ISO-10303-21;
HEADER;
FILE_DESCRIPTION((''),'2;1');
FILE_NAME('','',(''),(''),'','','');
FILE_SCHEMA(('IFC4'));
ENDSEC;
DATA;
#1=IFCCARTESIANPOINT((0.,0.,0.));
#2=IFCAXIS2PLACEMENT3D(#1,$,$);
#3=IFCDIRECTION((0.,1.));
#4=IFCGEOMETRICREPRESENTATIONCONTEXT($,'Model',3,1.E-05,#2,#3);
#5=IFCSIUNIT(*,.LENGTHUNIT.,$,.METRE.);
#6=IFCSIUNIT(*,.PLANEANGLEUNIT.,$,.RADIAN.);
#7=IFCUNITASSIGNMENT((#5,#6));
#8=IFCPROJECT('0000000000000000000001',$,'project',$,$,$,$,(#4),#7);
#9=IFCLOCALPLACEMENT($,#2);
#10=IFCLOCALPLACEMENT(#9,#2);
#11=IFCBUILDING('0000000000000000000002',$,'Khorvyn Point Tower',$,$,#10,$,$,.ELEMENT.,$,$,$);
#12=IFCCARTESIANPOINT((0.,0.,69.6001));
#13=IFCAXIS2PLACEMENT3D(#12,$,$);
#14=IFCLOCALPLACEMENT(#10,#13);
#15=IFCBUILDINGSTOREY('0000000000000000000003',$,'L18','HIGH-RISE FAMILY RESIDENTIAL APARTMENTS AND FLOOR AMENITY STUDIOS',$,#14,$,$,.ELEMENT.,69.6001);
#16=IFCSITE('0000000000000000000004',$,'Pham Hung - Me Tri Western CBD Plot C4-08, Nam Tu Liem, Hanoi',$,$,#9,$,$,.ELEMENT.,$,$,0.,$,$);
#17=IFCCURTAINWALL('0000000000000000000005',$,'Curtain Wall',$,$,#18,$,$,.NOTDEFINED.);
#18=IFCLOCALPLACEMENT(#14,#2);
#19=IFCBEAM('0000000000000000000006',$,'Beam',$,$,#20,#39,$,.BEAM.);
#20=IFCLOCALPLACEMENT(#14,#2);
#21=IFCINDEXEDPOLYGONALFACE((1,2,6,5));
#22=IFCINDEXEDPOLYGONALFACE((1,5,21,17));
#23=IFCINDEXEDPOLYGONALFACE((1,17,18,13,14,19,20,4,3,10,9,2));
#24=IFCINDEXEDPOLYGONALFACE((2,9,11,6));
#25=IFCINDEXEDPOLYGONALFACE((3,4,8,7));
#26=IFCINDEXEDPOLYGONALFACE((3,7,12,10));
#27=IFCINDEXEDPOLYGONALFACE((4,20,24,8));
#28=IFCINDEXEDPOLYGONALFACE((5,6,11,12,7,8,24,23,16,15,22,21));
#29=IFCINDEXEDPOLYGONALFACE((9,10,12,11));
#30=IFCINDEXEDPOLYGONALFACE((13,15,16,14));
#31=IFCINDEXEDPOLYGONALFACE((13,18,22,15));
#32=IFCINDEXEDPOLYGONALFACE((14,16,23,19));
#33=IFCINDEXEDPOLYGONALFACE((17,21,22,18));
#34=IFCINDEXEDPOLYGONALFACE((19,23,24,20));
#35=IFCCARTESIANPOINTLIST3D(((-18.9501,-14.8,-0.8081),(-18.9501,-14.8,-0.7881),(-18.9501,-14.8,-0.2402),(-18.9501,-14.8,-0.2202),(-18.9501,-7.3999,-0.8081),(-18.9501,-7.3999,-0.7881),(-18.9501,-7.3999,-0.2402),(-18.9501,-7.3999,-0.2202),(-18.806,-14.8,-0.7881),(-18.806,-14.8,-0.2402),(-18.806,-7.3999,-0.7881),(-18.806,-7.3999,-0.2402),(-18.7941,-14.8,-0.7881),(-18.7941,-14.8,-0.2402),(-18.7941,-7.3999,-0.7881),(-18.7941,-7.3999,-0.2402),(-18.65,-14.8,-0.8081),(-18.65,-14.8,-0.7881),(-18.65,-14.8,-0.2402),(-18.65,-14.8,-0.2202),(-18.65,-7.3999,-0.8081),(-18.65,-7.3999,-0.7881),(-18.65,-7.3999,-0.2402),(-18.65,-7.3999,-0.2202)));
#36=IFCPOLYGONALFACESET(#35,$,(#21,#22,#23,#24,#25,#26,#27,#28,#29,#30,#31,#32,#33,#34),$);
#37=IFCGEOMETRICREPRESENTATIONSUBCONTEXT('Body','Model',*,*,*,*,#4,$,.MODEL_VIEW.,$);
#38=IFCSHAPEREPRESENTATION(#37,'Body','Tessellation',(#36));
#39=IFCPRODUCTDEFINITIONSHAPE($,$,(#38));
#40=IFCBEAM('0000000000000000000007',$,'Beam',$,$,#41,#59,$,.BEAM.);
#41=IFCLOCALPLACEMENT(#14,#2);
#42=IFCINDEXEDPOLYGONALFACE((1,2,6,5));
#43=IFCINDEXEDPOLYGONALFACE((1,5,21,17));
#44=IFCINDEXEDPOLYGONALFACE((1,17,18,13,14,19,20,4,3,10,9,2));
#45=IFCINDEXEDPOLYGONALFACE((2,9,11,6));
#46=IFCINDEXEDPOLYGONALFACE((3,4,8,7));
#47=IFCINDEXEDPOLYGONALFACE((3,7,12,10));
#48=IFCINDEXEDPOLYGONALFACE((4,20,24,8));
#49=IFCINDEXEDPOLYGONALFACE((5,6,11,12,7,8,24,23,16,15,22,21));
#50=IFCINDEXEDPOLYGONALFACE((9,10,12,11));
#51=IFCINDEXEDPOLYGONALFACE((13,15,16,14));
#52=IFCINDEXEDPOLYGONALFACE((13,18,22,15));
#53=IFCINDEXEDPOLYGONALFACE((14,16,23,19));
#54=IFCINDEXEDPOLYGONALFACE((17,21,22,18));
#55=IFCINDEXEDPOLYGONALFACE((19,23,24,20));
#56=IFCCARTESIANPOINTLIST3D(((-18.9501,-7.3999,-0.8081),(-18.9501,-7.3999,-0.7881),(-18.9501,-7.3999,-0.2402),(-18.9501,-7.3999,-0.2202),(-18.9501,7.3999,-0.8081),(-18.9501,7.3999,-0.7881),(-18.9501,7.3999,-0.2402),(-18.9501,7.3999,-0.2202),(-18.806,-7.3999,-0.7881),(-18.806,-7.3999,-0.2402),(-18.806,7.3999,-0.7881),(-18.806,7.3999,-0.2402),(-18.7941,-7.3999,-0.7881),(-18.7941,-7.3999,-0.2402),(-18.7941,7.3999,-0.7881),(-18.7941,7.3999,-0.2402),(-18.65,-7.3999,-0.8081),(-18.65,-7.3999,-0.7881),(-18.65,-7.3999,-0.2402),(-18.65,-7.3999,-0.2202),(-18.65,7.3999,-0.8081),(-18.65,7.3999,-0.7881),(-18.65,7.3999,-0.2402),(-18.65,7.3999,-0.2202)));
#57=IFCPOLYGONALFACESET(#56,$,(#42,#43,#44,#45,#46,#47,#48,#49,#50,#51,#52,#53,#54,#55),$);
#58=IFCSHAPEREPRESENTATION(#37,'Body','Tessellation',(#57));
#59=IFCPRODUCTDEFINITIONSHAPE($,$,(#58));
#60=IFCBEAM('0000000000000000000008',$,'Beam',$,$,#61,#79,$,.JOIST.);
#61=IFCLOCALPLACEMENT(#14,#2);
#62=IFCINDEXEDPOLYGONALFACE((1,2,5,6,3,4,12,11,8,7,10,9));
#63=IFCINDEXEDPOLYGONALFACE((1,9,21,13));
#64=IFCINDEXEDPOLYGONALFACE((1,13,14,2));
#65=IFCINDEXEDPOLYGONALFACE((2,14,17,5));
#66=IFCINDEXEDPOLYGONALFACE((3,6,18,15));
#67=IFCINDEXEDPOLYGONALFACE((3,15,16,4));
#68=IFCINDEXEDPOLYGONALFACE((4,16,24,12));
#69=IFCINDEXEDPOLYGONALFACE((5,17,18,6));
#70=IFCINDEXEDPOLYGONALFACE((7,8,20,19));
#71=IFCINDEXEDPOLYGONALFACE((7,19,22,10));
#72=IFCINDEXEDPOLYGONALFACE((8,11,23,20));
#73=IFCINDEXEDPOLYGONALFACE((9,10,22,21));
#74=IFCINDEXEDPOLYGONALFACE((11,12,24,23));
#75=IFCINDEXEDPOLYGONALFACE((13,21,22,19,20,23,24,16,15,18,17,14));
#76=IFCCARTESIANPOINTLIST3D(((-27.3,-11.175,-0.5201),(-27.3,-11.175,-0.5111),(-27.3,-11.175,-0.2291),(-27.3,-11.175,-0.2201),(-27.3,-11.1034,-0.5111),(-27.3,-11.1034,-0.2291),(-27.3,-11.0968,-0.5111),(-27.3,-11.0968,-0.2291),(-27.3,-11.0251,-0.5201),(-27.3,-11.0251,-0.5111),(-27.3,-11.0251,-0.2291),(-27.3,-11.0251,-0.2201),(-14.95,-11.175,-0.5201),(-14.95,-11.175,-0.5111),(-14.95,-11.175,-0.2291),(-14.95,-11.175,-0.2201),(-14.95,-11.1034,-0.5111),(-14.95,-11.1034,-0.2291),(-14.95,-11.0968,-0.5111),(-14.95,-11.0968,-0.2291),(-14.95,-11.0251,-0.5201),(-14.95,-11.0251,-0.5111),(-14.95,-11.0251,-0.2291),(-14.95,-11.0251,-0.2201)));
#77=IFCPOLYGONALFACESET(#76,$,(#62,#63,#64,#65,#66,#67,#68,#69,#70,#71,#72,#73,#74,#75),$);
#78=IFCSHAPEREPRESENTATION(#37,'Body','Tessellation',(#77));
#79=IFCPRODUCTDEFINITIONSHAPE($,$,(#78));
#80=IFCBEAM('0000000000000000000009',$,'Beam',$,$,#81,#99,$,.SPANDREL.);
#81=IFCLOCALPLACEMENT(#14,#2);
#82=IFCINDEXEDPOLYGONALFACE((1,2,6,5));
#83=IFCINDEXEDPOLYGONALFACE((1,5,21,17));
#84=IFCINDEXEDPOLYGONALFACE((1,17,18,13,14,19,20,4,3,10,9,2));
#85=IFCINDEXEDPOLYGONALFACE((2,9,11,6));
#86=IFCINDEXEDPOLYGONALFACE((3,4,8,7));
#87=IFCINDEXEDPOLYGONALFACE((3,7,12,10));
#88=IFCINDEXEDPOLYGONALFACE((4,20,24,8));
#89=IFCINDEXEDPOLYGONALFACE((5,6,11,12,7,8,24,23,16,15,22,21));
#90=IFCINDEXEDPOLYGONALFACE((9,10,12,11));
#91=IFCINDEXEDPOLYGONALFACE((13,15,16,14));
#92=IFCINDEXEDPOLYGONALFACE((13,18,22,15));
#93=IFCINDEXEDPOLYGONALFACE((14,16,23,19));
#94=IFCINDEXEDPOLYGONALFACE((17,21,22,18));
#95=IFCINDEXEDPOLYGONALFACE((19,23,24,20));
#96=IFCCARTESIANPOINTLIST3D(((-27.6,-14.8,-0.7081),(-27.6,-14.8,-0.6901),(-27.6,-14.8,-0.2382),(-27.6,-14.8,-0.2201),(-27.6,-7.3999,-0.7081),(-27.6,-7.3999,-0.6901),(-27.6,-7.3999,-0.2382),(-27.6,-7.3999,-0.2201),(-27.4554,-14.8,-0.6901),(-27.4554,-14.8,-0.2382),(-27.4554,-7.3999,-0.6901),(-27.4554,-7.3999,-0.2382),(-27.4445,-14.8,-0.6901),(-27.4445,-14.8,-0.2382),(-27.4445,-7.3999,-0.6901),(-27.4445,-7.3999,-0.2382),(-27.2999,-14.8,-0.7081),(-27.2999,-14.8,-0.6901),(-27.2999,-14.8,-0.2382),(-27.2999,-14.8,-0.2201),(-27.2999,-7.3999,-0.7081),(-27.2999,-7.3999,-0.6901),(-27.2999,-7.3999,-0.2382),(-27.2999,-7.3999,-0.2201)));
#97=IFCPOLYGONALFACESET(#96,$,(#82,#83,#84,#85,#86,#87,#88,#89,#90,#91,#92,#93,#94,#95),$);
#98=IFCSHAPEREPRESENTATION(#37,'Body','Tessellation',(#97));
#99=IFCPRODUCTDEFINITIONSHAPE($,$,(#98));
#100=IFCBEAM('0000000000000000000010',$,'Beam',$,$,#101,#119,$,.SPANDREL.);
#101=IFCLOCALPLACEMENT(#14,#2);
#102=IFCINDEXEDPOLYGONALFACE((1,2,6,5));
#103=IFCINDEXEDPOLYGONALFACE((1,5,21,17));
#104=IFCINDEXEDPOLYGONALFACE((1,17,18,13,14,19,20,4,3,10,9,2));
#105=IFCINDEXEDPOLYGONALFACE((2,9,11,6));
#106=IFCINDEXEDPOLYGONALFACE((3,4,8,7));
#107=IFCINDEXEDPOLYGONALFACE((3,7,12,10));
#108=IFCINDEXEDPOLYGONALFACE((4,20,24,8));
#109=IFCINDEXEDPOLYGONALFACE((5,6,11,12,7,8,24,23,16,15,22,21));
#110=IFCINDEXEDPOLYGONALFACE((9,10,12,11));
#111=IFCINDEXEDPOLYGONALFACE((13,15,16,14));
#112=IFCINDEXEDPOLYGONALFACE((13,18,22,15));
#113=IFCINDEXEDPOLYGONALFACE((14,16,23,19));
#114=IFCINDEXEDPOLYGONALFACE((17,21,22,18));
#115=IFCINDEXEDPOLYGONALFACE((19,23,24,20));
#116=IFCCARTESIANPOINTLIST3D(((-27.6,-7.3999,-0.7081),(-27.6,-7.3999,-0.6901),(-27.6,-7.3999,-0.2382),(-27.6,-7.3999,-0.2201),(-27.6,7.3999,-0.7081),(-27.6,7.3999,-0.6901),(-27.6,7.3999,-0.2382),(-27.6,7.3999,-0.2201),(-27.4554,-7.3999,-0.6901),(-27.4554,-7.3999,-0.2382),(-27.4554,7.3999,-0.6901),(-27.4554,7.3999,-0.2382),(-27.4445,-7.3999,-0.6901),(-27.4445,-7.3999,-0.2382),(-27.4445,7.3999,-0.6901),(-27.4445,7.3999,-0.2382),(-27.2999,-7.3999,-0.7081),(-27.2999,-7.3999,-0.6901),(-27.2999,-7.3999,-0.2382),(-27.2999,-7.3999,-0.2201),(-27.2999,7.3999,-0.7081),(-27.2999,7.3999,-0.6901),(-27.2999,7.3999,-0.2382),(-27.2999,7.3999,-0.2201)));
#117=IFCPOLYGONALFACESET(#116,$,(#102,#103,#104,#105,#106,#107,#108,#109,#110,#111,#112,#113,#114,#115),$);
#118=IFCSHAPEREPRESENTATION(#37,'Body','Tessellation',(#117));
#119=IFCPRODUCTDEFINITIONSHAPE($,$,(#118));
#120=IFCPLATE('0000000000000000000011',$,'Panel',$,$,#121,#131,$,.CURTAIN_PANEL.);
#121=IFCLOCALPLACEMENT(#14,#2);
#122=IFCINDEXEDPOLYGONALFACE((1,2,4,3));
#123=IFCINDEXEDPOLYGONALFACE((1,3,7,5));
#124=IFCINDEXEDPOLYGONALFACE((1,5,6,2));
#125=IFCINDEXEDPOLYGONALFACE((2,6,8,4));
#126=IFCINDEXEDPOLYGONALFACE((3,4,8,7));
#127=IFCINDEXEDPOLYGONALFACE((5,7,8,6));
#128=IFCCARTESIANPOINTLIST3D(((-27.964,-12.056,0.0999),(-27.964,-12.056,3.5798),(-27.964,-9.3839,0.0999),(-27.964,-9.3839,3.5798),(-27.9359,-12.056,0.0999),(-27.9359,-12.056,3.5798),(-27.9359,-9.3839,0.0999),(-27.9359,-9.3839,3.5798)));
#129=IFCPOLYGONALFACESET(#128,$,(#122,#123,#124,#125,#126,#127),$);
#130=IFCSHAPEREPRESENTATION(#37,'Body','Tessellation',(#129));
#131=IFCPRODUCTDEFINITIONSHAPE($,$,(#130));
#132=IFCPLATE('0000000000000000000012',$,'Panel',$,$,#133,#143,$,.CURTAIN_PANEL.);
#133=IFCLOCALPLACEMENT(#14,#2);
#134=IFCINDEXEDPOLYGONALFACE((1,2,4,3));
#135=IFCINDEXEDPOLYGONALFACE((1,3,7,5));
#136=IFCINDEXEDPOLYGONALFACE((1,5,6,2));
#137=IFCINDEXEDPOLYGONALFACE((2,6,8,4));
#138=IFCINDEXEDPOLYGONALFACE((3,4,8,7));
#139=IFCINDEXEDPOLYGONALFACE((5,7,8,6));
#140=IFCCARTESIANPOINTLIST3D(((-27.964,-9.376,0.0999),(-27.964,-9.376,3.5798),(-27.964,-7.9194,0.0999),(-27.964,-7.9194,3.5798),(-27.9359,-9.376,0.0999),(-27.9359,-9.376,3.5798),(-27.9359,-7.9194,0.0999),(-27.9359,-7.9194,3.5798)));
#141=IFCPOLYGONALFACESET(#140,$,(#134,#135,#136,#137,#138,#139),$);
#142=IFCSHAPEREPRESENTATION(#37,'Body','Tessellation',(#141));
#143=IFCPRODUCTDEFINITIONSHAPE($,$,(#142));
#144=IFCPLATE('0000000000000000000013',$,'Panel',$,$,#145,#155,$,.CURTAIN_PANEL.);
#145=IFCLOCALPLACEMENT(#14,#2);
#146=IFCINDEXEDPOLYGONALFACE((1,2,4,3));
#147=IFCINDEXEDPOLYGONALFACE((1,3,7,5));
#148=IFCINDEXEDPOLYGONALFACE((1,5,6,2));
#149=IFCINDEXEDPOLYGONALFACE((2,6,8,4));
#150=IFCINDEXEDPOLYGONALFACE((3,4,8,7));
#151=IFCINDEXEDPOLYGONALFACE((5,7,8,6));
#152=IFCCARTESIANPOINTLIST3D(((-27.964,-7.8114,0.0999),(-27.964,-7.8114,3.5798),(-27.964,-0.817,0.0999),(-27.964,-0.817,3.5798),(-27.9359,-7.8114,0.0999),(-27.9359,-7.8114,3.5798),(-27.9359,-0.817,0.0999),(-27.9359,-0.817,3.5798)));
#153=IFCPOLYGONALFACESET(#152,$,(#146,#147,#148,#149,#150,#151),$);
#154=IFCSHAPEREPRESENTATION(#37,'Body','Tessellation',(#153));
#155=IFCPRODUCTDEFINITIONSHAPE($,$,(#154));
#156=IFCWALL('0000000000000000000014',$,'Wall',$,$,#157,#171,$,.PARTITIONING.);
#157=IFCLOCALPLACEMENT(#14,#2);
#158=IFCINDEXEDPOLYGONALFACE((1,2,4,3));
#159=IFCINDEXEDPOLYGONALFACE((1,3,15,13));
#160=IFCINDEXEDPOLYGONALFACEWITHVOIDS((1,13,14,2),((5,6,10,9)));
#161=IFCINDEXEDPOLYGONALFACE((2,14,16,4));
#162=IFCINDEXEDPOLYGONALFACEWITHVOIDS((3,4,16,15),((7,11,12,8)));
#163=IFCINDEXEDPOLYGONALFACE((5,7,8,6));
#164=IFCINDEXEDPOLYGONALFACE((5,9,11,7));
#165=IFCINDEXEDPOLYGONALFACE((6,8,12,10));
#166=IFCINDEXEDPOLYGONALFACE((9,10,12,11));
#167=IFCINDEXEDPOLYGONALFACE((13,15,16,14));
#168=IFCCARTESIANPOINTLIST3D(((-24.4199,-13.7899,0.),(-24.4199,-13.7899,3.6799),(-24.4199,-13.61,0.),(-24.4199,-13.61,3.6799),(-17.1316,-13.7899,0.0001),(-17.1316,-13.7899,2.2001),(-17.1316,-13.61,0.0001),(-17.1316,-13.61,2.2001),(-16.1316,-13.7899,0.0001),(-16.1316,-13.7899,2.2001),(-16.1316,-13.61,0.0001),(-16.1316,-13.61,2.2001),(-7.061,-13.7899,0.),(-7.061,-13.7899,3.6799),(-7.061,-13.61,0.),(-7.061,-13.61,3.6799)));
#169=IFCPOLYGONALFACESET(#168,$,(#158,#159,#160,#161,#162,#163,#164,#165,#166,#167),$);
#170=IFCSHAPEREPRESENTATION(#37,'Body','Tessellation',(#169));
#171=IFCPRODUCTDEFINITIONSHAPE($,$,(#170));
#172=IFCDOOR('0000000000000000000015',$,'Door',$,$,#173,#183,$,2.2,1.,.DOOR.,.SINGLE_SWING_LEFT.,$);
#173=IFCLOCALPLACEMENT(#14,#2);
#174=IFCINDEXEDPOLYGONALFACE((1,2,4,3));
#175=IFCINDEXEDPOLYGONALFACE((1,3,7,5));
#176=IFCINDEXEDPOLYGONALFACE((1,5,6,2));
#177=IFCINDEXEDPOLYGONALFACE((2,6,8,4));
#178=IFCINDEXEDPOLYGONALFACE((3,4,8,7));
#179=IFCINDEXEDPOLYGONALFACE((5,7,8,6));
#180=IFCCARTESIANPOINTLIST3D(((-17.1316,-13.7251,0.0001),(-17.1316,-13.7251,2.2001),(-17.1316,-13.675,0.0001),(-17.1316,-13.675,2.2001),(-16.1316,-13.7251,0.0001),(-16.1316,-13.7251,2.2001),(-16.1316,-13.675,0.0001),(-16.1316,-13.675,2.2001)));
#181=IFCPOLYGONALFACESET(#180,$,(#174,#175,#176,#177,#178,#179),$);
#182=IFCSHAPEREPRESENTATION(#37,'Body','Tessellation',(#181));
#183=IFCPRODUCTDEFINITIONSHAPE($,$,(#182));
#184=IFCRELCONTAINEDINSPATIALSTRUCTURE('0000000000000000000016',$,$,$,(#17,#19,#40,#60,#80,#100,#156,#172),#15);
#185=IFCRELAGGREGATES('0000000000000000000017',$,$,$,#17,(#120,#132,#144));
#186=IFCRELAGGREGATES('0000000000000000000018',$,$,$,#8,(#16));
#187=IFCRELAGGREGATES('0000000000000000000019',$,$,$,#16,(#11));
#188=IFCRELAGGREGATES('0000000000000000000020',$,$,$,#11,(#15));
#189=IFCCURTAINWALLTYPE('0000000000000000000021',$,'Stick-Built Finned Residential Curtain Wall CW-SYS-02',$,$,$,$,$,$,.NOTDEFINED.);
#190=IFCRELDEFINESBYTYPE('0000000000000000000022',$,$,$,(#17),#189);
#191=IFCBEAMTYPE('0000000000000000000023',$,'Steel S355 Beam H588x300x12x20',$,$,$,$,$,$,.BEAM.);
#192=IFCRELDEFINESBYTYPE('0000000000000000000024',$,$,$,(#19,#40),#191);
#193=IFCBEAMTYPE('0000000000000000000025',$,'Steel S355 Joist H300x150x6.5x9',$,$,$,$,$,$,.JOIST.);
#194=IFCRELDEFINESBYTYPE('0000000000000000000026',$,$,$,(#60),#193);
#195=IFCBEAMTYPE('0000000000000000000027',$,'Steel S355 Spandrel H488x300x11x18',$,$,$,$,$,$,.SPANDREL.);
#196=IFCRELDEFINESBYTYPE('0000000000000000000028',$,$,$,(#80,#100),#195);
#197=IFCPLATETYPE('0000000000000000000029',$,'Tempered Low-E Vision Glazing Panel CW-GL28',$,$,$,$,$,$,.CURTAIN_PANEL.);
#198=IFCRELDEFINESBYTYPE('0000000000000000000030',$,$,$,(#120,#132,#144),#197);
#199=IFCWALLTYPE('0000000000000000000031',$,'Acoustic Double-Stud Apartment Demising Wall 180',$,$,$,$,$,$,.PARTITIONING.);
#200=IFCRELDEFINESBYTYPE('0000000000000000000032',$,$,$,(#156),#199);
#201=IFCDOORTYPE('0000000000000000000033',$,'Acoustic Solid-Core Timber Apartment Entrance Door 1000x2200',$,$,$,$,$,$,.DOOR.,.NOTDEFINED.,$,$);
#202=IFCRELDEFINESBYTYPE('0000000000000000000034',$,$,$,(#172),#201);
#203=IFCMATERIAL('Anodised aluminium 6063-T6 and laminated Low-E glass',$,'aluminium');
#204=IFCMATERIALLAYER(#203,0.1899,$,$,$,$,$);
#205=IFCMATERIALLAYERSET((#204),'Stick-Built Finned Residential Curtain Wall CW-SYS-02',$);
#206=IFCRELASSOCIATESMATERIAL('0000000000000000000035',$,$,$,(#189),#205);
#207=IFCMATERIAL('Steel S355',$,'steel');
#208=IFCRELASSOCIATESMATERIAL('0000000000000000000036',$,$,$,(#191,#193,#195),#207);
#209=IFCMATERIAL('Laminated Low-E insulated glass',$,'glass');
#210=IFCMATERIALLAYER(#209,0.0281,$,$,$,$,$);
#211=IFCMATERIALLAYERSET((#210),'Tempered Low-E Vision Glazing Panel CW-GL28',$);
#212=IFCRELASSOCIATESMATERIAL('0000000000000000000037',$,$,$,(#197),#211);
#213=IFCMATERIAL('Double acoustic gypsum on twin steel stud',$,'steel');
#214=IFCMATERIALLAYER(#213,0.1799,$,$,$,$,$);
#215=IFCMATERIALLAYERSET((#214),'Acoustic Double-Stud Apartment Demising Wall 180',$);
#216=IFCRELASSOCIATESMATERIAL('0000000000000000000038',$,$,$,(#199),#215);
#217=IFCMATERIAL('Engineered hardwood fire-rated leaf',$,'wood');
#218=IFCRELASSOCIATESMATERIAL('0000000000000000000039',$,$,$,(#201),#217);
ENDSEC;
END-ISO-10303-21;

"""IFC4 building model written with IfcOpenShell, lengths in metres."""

from ifc_helpers import new_model, si_unit, direction, frame, frame_2d, origin, origin_2d, place, context, subcontext, project, spatial, rectangle, i_section, extrude, material, layer, layer_set, material_profile, profile_set, type_object, element, fill, aggregate, save


model = new_model("IFC4")

# Units and contexts
model_context = context("Model", 3, precision=1e-05, world=origin(), true_north=direction((0.0, 1.0)))
body_context = subcontext(model_context, "Body", "Model", "MODEL_VIEW")
ifc_project = project(units=[si_unit("LENGTHUNIT", "METRE"), si_unit("PLANEANGLEUNIT", "RADIAN")], contexts=[model_context])

# Site, building, storey
site_placement = place(None, origin())
site = spatial("IfcSite", under=ifc_project, at=site_placement, Name="Pham Hung - Me Tri Western CBD Plot C4-08, Nam Tu Liem, Hanoi", CompositionType="ELEMENT", RefElevation=0.0)
building_placement = place(site_placement, origin())
building = spatial("IfcBuilding", under=site, at=building_placement, Name="Khorvyn Point Tower", CompositionType="ELEMENT")
storey_placement = place(building_placement, frame((0.0, 0.0, 69.6001)))
storey = spatial("IfcBuildingStorey", under=building, at=storey_placement, Name="L18", Description="HIGH-RISE FAMILY RESIDENTIAL APARTMENTS AND FLOOR AMENITY STUDIOS", CompositionType="ELEMENT", Elevation=69.6001)

# Curtain wall
ifc_material_1 = material(Name="Anodised aluminium 6063-T6 and laminated Low-E glass", Category="aluminium")
ifc_layer_1 = layer(ifc_material_1, 0.1899)
ifc_layer_set_1 = layer_set([ifc_layer_1], Name="Stick-Built Finned Residential Curtain Wall CW-SYS-02")
curtain_wall_type = type_object("IfcCurtainWallType", Name="Stick-Built Finned Residential Curtain Wall CW-SYS-02", PredefinedType="NOTDEFINED", material=ifc_layer_set_1)
curtain_wall_placement = place(storey_placement, origin())
curtain_wall = element("IfcCurtainWall", 1, at=curtain_wall_placement, inside=storey, type_object=curtain_wall_type, Name="Curtain Wall", PredefinedType="NOTDEFINED")

# Beams
ifc_material_2 = material(Name="Steel S355", Category="steel")
ifc_material_profile_1 = material_profile(ifc_material_2, i_section(OverallWidth=0.3, OverallDepth=0.5879, WebThickness=0.012, FlangeThickness=0.02, at=origin_2d()))
ifc_profile_set_1 = profile_set([ifc_material_profile_1], Name="Steel S355 H588x300x12x20")
beam_type_1 = type_object("IfcBeamType", Name="Steel S355 Beam H588x300x12x20", PredefinedType="BEAM", material=ifc_profile_set_1)
beam_1_placement = place(storey_placement, frame((-18.8, -14.8, -0.5142), z_axis=(0.0, 1.0, 0.0), x_axis=(-1.0, 0.0, 0.0)))
element("IfcBeam", 2, at=beam_1_placement, inside=storey, type_object=beam_type_1, Name="Beam", PredefinedType="BEAM", context=body_context, shape_type="SweptSolid", body=[
    extrude(i_section(OverallWidth=0.3, OverallDepth=0.5879, WebThickness=0.012, FlangeThickness=0.02, at=origin_2d()), origin(), (0.0, 0.0, 1.0), 7.4001),
])
beam_2_placement = place(storey_placement, frame((-18.8, -7.3999, -0.5142), z_axis=(0.0, 1.0, 0.0), x_axis=(-1.0, 0.0, 0.0)))
element("IfcBeam", 3, at=beam_2_placement, inside=storey, type_object=beam_type_1, Name="Beam", PredefinedType="BEAM", context=body_context, shape_type="SweptSolid", body=[
    extrude(i_section(OverallWidth=0.3, OverallDepth=0.5879, WebThickness=0.012, FlangeThickness=0.02, at=origin_2d()), origin(), (0.0, 0.0, 1.0), 14.7998),
])
ifc_material_profile_2 = material_profile(ifc_material_2, i_section(OverallWidth=0.1499, OverallDepth=0.3, WebThickness=0.0066, FlangeThickness=0.009, at=origin_2d()))
ifc_profile_set_2 = profile_set([ifc_material_profile_2], Name="Steel S355 H300x150x6.5x9")
beam_type_2 = type_object("IfcBeamType", Name="Steel S355 Joist H300x150x6.5x9", PredefinedType="JOIST", material=ifc_profile_set_2)
beam_3_placement = place(storey_placement, frame((-27.3, -11.1001, -0.3701), z_axis=(1.0, 0.0, 0.0), x_axis=(0.0, 1.0, 0.0)))
element("IfcBeam", 4, at=beam_3_placement, inside=storey, type_object=beam_type_2, Name="Beam", PredefinedType="JOIST", context=body_context, shape_type="SweptSolid", body=[
    extrude(i_section(OverallWidth=0.1499, OverallDepth=0.3, WebThickness=0.0066, FlangeThickness=0.009, at=origin_2d()), origin(), (0.0, 0.0, 1.0), 12.3501),
])
ifc_material_profile_3 = material_profile(ifc_material_2, i_section(OverallWidth=0.3, OverallDepth=0.488, WebThickness=0.011, FlangeThickness=0.0181, at=origin_2d()))
ifc_profile_set_3 = profile_set([ifc_material_profile_3], Name="Steel S355 H488x300x11x18")
beam_type_3 = type_object("IfcBeamType", Name="Steel S355 Spandrel H488x300x11x18", PredefinedType="SPANDREL", material=ifc_profile_set_3)
beam_4_placement = place(storey_placement, frame((-27.45, -14.8, -0.4641), z_axis=(0.0, 1.0, 0.0), x_axis=(-1.0, 0.0, 0.0)))
element("IfcBeam", 5, at=beam_4_placement, inside=storey, type_object=beam_type_3, Name="Beam", PredefinedType="SPANDREL", context=body_context, shape_type="SweptSolid", body=[
    extrude(i_section(OverallWidth=0.3, OverallDepth=0.488, WebThickness=0.011, FlangeThickness=0.0181, at=origin_2d()), origin(), (0.0, 0.0, 1.0), 7.4001),
])
beam_5_placement = place(storey_placement, frame((-27.45, -7.3999, -0.4641), z_axis=(0.0, 1.0, 0.0), x_axis=(-1.0, 0.0, 0.0)))
element("IfcBeam", 6, at=beam_5_placement, inside=storey, type_object=beam_type_3, Name="Beam", PredefinedType="SPANDREL", context=body_context, shape_type="SweptSolid", body=[
    extrude(i_section(OverallWidth=0.3, OverallDepth=0.488, WebThickness=0.011, FlangeThickness=0.0181, at=origin_2d()), origin(), (0.0, 0.0, 1.0), 14.7998),
])

# Plates
ifc_material_3 = material(Name="Laminated Low-E insulated glass", Category="glass")
ifc_layer_2 = layer(ifc_material_3, 0.0281)
ifc_layer_set_2 = layer_set([ifc_layer_2], Name="Tempered Low-E Vision Glazing Panel CW-GL28")
plate_type = type_object("IfcPlateType", Name="Tempered Low-E Vision Glazing Panel CW-GL28", PredefinedType="CURTAIN_PANEL", material=ifc_layer_set_2)
plate_1_placement = place(storey_placement, frame((-27.95, -10.72, 0.0999), z_axis=(0.0, 0.0, 1.0), x_axis=(0.0, 1.0, 0.0)))
plate_1 = element("IfcPlate", 7, at=plate_1_placement, type_object=plate_type, Name="Panel", PredefinedType="CURTAIN_PANEL", context=body_context, shape_type="SweptSolid", body=[
    extrude(rectangle(XDim=2.6721, YDim=0.0281, at=origin_2d()), origin(), (0.0, 0.0, 1.0), 3.48),
])
plate_2_placement = place(storey_placement, frame((-27.95, -8.6477, 0.0999), z_axis=(0.0, 0.0, 1.0), x_axis=(0.0, 1.0, 0.0)))
plate_2 = element("IfcPlate", 8, at=plate_2_placement, type_object=plate_type, Name="Panel", PredefinedType="CURTAIN_PANEL", context=body_context, shape_type="SweptSolid", body=[
    extrude(rectangle(XDim=1.4565, YDim=0.0281, at=origin_2d()), origin(), (0.0, 0.0, 1.0), 3.48),
])
plate_3_placement = place(storey_placement, frame((-27.95, -4.3142, 0.0999), z_axis=(0.0, 0.0, 1.0), x_axis=(0.0, 1.0, 0.0)))
plate_3 = element("IfcPlate", 9, at=plate_3_placement, type_object=plate_type, Name="Panel", PredefinedType="CURTAIN_PANEL", context=body_context, shape_type="SweptSolid", body=[
    extrude(rectangle(XDim=6.9944, YDim=0.0281, at=origin_2d()), origin(), (0.0, 0.0, 1.0), 3.48),
])
aggregate(curtain_wall, [plate_1, plate_2, plate_3])

# Wall, opening, door
ifc_material_4 = material(Name="Double acoustic gypsum on twin steel stud", Category="steel")
ifc_layer_3 = layer(ifc_material_4, 0.1799)
ifc_layer_set_3 = layer_set([ifc_layer_3], Name="Acoustic Double-Stud Apartment Demising Wall 180")
wall_type_1 = type_object("IfcWallType", Name="Acoustic Double-Stud Apartment Demising Wall 180", PredefinedType="PARTITIONING", material=ifc_layer_set_3)
wall_1_placement = place(storey_placement, frame((-24.4199, -13.7, 0.0), z_axis=(0.0, 0.0, 1.0), x_axis=(1.0, 0.0, 0.0)))
wall_1 = element("IfcWall", 10, at=wall_1_placement, inside=storey, type_object=wall_type_1, Name="Wall", PredefinedType="PARTITIONING", context=body_context, shape_type="SweptSolid", body=[
    extrude(rectangle(XDim=17.3589, YDim=0.1799, at=frame_2d((8.6794, 0.0))), origin(), (0.0, 0.0, 1.0), 3.6799),
])
opening_1_placement = place(wall_1_placement, frame((7.2883, 0.0, 0.0)))
opening_1 = element("IfcOpeningElement", 11, at=opening_1_placement, cuts=wall_1, PredefinedType="OPENING", context=body_context, shape_type="SweptSolid", body=[
    extrude(rectangle(XDim=1.0, YDim=2.2, at=frame_2d((0.5, 1.1001))), frame((0.0, 0.0999, 0.0), z_axis=(0.0, -1.0, 0.0), x_axis=(1.0, 0.0, 0.0)), (0.0, 0.0, 1.0), 0.2),
])
ifc_material_5 = material(Name="Engineered hardwood fire-rated leaf", Category="wood")
door_type_1 = type_object("IfcDoorType", Name="Acoustic Solid-Core Timber Apartment Entrance Door 1000x2200", OperationType="NOTDEFINED", PredefinedType="DOOR", material=ifc_material_5)
door_1_placement = place(opening_1_placement, origin())
door_1 = element("IfcDoor", 12, at=door_1_placement, inside=storey, type_object=door_type_1, Name="Door", OperationType="SINGLE_SWING_LEFT", OverallHeight=2.2, OverallWidth=1.0, PredefinedType="DOOR", context=body_context, shape_type="SweptSolid", body=[
    extrude(rectangle(XDim=1.0, YDim=2.2, at=frame_2d((0.5, 1.1001))), frame((0.0, 0.0249, 0.0), z_axis=(0.0, -1.0, 0.0), x_axis=(1.0, 0.0, 0.0)), (0.0, 0.0, 1.0), 0.05),
])
fill(opening_1, door_1)

save(model, "model.ifc")
